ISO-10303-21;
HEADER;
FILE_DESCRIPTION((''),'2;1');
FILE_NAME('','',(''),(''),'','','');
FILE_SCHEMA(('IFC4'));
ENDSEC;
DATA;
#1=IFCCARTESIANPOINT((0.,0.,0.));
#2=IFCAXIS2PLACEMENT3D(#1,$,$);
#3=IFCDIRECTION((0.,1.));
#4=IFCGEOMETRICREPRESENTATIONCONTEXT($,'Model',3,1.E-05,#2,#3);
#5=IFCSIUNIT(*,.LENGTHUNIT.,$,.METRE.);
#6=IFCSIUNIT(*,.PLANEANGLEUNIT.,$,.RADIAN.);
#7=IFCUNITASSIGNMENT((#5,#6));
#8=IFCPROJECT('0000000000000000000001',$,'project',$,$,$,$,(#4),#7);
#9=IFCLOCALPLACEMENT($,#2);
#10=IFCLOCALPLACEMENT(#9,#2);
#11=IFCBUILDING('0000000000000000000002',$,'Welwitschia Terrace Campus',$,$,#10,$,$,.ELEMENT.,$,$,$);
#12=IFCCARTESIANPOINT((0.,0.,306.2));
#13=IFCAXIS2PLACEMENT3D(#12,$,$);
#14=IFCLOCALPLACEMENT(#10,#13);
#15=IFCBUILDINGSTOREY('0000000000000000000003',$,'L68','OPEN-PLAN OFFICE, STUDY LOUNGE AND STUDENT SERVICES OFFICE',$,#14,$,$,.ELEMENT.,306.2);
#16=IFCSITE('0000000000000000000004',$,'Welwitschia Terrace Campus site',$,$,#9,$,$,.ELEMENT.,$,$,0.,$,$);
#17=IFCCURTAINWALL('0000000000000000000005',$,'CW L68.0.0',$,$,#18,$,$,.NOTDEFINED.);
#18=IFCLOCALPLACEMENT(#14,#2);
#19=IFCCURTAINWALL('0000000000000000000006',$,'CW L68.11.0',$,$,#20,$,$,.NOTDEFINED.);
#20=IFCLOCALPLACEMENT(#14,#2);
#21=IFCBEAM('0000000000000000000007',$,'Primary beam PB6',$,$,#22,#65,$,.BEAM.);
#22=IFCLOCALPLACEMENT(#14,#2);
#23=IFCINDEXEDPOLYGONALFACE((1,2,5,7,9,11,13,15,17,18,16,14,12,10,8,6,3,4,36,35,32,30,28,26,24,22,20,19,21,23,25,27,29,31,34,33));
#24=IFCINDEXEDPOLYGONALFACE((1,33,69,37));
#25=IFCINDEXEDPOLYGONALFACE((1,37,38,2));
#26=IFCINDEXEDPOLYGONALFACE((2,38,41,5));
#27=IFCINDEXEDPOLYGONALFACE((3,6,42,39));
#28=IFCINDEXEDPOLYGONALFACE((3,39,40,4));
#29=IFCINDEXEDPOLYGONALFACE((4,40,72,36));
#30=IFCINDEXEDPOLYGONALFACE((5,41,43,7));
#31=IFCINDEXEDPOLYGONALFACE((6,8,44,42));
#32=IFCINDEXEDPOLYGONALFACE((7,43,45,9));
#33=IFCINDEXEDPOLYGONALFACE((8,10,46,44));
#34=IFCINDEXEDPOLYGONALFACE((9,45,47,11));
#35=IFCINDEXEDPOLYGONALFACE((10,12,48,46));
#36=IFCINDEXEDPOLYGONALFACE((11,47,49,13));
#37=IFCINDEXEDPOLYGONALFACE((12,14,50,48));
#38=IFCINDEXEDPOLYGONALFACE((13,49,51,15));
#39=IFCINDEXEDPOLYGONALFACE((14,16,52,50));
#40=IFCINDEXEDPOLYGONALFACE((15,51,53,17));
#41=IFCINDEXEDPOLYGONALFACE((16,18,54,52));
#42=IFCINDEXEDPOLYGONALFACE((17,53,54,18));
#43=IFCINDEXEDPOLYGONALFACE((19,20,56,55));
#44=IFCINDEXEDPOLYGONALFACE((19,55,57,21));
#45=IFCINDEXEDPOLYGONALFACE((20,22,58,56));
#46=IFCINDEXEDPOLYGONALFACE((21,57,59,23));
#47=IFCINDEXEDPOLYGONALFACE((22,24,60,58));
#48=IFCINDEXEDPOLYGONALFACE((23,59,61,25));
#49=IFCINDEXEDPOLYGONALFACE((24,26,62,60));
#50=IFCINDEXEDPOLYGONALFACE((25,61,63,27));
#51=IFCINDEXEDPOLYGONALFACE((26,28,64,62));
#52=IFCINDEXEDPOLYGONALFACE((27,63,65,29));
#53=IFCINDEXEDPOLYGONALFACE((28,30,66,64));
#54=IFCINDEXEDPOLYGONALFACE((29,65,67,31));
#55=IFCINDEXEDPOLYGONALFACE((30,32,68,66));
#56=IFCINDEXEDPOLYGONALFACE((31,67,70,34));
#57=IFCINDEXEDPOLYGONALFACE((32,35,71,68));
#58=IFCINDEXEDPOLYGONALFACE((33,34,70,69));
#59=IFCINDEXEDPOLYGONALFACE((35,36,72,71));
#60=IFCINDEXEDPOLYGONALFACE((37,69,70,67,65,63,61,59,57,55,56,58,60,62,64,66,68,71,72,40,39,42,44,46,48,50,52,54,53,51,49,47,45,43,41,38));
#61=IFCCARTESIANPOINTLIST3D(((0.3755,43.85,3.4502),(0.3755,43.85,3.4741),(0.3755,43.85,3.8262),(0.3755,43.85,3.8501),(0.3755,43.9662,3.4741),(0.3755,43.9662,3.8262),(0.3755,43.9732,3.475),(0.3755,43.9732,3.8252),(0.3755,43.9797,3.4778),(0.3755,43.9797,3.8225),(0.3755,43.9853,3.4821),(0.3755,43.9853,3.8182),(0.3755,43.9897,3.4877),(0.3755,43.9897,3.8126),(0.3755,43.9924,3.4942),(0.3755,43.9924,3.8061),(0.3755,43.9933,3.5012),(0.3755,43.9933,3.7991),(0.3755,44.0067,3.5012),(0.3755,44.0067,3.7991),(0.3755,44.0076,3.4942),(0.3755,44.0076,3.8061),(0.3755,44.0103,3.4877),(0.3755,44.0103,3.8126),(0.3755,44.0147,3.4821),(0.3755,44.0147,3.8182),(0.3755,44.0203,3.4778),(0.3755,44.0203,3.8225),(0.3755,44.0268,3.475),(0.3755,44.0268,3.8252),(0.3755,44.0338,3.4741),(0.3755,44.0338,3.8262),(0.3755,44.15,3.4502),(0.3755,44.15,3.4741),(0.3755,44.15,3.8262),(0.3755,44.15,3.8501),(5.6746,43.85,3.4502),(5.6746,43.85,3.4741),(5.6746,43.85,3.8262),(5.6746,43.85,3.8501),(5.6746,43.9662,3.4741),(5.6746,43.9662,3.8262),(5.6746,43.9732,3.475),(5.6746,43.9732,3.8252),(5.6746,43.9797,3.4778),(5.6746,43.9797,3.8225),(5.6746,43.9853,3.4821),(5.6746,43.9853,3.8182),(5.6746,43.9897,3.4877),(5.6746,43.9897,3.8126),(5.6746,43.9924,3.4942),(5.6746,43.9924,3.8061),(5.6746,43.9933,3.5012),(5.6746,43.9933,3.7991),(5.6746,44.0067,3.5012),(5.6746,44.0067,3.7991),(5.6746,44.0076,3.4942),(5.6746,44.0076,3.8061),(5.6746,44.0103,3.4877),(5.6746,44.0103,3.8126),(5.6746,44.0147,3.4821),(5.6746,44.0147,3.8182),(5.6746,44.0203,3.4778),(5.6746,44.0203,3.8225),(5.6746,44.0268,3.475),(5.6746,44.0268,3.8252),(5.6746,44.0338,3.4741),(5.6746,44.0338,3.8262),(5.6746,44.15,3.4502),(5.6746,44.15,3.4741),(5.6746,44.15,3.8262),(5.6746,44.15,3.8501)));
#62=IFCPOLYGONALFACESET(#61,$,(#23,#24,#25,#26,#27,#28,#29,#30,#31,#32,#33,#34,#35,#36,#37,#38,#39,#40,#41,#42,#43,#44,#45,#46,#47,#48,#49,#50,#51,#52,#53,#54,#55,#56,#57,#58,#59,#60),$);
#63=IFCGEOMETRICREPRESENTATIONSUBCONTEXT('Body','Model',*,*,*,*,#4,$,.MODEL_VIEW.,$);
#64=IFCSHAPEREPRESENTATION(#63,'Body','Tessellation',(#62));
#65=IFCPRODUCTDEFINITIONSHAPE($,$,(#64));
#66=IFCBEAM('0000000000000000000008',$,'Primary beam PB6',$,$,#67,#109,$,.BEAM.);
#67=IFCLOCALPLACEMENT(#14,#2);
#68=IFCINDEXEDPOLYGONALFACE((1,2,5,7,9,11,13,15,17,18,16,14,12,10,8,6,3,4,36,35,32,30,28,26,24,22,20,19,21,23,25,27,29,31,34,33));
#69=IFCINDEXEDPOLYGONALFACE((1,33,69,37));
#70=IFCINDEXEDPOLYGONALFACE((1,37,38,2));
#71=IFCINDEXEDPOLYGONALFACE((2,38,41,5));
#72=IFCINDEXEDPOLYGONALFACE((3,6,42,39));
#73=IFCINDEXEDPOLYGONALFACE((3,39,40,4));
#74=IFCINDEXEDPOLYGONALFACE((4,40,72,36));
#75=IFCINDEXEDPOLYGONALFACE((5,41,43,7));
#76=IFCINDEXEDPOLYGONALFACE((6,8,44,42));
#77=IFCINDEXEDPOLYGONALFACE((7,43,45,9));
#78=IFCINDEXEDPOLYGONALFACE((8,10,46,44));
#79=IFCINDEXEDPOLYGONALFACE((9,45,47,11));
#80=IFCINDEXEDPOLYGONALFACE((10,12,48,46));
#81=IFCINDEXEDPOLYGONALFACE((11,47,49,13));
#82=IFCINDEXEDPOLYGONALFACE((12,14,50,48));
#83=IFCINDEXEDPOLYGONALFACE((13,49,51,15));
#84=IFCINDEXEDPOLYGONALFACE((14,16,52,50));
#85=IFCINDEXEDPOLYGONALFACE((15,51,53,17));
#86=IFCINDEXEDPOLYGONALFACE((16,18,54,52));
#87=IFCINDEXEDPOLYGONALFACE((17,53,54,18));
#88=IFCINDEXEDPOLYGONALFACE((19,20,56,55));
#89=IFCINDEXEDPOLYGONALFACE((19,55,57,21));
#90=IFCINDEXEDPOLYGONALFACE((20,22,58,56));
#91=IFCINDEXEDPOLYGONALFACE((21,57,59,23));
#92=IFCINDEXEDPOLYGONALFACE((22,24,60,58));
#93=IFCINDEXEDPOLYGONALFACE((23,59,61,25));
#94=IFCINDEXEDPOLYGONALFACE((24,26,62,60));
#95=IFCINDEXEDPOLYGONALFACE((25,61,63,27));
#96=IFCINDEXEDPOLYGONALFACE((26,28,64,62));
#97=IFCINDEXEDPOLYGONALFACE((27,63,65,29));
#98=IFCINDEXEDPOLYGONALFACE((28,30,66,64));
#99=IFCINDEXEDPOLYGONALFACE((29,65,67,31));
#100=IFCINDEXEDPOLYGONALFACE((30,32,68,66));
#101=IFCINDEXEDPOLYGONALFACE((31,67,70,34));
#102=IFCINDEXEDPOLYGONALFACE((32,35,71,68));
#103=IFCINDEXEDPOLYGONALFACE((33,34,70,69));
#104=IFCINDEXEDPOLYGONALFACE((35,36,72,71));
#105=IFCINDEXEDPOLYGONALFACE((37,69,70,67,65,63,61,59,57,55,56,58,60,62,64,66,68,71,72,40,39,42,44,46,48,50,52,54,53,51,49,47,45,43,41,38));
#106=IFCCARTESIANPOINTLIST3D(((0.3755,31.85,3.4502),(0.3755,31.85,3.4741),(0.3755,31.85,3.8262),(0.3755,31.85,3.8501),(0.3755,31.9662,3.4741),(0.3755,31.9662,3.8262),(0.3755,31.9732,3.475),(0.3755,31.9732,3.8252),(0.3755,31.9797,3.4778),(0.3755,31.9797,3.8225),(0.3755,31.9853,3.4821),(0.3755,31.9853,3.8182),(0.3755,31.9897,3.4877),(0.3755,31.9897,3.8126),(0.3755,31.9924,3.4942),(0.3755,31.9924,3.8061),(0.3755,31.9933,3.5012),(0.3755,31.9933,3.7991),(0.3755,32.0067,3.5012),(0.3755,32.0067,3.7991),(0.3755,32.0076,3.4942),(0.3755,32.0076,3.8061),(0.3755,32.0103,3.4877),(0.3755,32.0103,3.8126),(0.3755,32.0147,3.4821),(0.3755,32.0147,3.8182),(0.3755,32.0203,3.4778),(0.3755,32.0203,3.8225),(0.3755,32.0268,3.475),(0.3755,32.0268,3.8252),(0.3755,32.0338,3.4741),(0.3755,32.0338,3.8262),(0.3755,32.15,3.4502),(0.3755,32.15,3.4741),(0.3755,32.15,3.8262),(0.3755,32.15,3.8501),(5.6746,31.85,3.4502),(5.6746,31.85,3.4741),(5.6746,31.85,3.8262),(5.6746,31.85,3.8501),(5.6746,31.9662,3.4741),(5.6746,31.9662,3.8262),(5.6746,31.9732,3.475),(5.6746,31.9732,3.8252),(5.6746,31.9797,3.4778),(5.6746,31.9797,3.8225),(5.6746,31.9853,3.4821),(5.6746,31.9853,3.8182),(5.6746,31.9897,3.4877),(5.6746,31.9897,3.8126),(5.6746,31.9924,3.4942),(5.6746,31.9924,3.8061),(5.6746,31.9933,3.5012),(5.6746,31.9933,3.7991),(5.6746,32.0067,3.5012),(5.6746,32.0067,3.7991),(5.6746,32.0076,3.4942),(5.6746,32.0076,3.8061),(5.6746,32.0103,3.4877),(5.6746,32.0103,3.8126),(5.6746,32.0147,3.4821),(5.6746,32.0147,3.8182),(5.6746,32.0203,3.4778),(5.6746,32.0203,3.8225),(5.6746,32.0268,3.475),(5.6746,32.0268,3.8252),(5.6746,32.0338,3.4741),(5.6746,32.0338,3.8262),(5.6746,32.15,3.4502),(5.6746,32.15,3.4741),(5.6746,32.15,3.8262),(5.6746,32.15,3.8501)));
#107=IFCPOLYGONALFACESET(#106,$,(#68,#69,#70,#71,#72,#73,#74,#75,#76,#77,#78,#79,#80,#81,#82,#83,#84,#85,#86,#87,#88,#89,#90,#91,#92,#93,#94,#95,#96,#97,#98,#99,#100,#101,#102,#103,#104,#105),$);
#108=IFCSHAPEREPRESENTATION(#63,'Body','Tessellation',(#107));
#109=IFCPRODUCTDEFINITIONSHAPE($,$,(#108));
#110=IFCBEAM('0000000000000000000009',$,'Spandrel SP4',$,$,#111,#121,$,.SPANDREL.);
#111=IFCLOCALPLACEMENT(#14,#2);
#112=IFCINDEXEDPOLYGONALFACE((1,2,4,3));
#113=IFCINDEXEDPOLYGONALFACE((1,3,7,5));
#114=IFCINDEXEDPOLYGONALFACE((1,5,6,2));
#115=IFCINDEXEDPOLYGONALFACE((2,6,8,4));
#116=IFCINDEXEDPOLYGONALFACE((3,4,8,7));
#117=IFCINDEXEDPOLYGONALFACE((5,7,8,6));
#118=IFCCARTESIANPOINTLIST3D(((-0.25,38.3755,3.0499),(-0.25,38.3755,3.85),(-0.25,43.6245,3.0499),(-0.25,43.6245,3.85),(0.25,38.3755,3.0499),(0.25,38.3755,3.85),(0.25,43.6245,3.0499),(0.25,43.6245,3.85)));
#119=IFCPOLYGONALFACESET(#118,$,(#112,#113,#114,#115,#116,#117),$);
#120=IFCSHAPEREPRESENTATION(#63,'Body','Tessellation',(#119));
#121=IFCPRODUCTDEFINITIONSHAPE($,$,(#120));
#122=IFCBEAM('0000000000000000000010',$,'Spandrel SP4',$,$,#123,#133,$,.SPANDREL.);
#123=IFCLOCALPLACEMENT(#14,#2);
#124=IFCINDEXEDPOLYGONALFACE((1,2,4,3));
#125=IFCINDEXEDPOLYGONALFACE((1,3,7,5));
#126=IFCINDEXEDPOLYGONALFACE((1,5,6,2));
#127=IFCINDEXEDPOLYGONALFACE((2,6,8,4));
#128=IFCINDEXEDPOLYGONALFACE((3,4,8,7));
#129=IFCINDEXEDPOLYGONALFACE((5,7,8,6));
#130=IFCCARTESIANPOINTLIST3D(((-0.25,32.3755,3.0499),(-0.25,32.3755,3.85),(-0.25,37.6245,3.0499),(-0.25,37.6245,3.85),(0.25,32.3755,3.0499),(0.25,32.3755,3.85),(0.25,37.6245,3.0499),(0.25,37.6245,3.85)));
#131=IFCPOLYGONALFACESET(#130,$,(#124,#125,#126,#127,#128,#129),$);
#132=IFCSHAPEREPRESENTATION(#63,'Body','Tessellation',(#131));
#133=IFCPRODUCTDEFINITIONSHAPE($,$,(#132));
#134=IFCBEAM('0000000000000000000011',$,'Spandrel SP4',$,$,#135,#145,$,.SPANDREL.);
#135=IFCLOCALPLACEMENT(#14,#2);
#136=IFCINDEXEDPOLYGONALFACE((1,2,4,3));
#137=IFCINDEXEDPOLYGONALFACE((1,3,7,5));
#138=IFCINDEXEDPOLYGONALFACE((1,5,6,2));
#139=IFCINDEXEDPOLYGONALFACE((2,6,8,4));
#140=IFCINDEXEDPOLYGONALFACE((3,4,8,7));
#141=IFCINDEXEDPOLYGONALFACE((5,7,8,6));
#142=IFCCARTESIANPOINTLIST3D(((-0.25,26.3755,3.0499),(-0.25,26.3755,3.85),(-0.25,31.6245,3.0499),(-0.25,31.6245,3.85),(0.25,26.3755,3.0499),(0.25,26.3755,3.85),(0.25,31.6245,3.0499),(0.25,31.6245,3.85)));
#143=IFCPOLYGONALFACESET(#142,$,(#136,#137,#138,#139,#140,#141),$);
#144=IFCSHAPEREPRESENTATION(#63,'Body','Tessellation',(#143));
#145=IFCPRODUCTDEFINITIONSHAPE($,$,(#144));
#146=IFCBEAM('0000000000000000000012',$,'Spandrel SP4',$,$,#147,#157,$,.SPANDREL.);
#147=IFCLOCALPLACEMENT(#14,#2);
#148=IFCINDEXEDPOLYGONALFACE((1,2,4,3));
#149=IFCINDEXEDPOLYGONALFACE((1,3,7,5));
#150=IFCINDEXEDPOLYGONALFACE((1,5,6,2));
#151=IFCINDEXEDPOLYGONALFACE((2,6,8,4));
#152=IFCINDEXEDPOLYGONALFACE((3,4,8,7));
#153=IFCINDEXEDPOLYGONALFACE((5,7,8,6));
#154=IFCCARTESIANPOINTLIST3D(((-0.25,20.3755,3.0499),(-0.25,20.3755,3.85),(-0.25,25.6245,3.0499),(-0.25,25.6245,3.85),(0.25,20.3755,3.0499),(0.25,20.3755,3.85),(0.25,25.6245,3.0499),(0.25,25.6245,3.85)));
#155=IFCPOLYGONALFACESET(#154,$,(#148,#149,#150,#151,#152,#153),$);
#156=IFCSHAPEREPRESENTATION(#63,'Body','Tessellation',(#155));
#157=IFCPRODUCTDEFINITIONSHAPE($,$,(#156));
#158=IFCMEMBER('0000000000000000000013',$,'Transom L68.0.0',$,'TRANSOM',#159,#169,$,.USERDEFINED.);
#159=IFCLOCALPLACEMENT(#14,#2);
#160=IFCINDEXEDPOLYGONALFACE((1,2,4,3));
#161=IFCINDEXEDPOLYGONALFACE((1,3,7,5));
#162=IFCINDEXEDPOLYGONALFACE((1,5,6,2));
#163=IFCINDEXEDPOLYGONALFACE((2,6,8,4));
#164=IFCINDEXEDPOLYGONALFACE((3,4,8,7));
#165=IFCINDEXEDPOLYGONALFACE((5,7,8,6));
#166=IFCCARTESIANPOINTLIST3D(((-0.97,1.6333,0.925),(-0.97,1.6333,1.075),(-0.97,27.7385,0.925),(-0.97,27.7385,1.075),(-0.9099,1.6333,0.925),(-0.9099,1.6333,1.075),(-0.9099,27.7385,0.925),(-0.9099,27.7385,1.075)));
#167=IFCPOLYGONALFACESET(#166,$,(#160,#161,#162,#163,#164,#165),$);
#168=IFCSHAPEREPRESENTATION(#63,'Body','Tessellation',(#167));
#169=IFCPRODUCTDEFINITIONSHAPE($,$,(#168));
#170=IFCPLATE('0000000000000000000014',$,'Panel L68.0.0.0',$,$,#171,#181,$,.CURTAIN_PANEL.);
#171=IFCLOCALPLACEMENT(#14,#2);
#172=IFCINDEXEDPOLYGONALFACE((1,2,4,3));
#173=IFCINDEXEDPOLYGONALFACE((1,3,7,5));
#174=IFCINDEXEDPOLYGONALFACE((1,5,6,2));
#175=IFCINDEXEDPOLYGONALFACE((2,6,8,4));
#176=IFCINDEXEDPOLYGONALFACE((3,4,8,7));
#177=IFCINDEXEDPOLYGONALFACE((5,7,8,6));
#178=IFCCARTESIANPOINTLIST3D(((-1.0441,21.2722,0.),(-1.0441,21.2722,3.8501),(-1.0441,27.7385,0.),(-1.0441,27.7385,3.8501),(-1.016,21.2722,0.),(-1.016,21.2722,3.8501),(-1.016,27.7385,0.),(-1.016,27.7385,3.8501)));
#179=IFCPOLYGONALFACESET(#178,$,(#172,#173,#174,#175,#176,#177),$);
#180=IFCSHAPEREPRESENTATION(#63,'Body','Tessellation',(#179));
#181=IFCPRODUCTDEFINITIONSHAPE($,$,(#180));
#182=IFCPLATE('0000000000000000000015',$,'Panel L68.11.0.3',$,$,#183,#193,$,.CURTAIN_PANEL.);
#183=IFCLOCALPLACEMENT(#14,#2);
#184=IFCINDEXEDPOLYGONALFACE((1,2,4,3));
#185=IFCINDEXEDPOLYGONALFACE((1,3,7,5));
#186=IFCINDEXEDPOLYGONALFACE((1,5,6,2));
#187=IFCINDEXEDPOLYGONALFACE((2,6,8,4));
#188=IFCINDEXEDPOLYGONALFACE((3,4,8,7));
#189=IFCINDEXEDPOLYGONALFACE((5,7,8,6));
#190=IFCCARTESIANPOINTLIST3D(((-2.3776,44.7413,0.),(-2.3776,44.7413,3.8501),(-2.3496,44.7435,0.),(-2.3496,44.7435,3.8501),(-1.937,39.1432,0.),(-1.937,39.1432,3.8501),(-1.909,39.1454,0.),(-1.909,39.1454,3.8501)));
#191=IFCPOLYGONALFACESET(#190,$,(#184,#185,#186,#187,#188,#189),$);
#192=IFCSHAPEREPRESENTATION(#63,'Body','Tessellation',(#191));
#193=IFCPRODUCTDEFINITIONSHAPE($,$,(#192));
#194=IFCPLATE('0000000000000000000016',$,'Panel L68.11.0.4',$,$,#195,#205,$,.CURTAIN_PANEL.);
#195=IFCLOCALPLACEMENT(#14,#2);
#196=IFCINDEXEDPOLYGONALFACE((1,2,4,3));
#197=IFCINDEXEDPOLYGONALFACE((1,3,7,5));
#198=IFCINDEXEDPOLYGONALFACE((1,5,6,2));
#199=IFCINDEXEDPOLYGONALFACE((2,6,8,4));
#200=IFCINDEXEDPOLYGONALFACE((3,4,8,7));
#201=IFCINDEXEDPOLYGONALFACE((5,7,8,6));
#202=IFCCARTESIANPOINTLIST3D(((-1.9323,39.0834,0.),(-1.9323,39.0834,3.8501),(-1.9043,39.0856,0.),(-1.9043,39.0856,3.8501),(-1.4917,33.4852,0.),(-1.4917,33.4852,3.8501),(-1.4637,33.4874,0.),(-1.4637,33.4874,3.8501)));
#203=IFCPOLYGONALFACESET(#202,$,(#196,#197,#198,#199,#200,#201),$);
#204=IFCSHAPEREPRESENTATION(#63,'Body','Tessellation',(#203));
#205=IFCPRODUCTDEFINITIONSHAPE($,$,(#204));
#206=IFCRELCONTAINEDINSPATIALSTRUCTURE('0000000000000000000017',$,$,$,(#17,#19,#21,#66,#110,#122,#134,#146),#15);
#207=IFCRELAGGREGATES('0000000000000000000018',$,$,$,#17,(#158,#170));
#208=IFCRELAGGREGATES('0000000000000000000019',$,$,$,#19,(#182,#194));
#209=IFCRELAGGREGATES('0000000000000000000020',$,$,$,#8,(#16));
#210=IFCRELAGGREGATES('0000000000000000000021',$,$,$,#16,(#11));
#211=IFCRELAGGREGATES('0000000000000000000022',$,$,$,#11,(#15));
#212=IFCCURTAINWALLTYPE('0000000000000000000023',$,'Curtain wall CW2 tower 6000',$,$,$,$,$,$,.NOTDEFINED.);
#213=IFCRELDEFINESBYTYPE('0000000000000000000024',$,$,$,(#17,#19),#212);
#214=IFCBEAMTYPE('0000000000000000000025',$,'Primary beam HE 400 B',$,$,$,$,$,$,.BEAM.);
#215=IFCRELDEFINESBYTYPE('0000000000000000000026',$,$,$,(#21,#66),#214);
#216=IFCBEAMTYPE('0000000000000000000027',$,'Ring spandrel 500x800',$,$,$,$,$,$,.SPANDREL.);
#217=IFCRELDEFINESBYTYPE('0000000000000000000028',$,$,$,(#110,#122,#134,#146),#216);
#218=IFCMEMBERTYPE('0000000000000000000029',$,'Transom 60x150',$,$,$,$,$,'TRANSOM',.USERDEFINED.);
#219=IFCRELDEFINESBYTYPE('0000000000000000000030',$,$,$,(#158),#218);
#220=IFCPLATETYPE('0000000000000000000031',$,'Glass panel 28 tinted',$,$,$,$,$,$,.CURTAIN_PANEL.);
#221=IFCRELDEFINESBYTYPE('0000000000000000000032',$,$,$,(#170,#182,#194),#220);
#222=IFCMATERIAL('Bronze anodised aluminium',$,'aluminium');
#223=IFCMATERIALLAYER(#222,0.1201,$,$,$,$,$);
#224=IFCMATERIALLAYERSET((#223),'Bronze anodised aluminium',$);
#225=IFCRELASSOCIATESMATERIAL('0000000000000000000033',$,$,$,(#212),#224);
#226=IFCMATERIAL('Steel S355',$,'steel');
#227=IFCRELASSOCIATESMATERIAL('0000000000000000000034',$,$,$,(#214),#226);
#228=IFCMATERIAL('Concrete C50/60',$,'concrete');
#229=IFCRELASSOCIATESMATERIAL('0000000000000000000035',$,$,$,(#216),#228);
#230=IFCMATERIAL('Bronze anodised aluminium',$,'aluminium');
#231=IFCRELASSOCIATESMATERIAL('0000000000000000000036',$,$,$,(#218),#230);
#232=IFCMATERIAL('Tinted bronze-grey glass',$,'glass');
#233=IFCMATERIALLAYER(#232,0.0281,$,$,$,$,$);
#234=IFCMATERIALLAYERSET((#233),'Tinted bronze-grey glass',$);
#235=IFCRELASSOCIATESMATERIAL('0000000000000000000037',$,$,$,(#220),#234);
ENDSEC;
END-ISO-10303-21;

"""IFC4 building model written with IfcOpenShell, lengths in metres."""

from ifc_helpers import new_model, si_unit, direction, frame, origin, origin_2d, place, context, subcontext, project, spatial, rectangle, i_section, extrude, material, layer, layer_set, material_profile, profile_set, type_object, element, aggregate, save


model = new_model("IFC4")

# Units and contexts
model_context = context("Model", 3, precision=1e-05, world=origin(), true_north=direction((0.0, 1.0)))
body_context = subcontext(model_context, "Body", "Model", "MODEL_VIEW")
ifc_project = project(units=[si_unit("LENGTHUNIT", "METRE"), si_unit("PLANEANGLEUNIT", "RADIAN")], contexts=[model_context])

# Site, building, storey
site_placement = place(None, origin())
site = spatial("IfcSite", under=ifc_project, at=site_placement, Name="Welwitschia Terrace Campus site", CompositionType="ELEMENT", RefElevation=0.0)
building_placement = place(site_placement, origin())
building = spatial("IfcBuilding", under=site, at=building_placement, Name="Welwitschia Terrace Campus", CompositionType="ELEMENT")
storey_placement = place(building_placement, frame((0.0, 0.0, 306.2)))
storey = spatial("IfcBuildingStorey", under=building, at=storey_placement, Name="L68", Description="OPEN-PLAN OFFICE, STUDY LOUNGE AND STUDENT SERVICES OFFICE", CompositionType="ELEMENT", Elevation=306.2)

# Curtain wall
ifc_material_1 = material(Name="Bronze anodised aluminium", Category="aluminium")
ifc_layer_1 = layer(ifc_material_1, 0.1201)
ifc_layer_set_1 = layer_set([ifc_layer_1], Name="Bronze anodised aluminium")
curtain_wall_type = type_object("IfcCurtainWallType", Name="Curtain wall CW2 tower 6000", PredefinedType="NOTDEFINED", material=ifc_layer_set_1)
curtain_wall_1_placement = place(storey_placement, origin())
curtain_wall_1 = element("IfcCurtainWall", 1, at=curtain_wall_1_placement, inside=storey, type_object=curtain_wall_type, Name="CW L68.0.0", PredefinedType="NOTDEFINED")

# Curtain wall
curtain_wall_2_placement = place(storey_placement, origin())
curtain_wall_2 = element("IfcCurtainWall", 2, at=curtain_wall_2_placement, inside=storey, type_object=curtain_wall_type, Name="CW L68.11.0", PredefinedType="NOTDEFINED")

# Beams
ifc_material_2 = material(Name="Steel S355", Category="steel")
ifc_material_profile_1 = material_profile(ifc_material_2, i_section(OverallWidth=0.3, OverallDepth=0.3999, WebThickness=0.0134, FlangeThickness=0.0239, FilletRadius=0.0271, at=origin_2d()))
ifc_profile_set_1 = profile_set([ifc_material_profile_1], Name="Steel S355")
beam_type_1 = type_object("IfcBeamType", Name="Primary beam HE 400 B", PredefinedType="BEAM", material=ifc_profile_set_1)
for number, where, z_axis, x_axis, name in (
    (3, (0.3755, 44.0, 3.6501), (1.0, 0.0, 0.0), (0.0, 1.0, 0.0), "Primary beam PB6"),
    (4, (0.3755, 32.0, 3.6501), (1.0, 0.0, 0.0), (0.0, 1.0, 0.0), "Primary beam PB6"),
):
    element("IfcBeam", number, at=place(storey_placement, frame(where, z_axis=z_axis, x_axis=x_axis)), inside=storey, type_object=beam_type_1, Name=name, PredefinedType="BEAM", context=body_context, shape_type="SweptSolid", body=[
        extrude(i_section(OverallWidth=0.3, OverallDepth=0.3999, WebThickness=0.0134, FlangeThickness=0.0239, FilletRadius=0.0271, at=origin_2d()), origin(), (0.0, 0.0, 1.0), 5.2991),
    ])
ifc_material_3 = material(Name="Concrete C50/60", Category="concrete")
ifc_material_profile_2 = material_profile(ifc_material_3, rectangle(XDim=0.5, YDim=0.8, at=origin_2d()))
ifc_profile_set_2 = profile_set([ifc_material_profile_2], Name="Concrete C50/60")
beam_type_2 = type_object("IfcBeamType", Name="Ring spandrel 500x800", PredefinedType="SPANDREL", material=ifc_profile_set_2)
for number, where, z_axis, x_axis, name in (
    (5, (0.0, 43.6245, 3.45), (0.0, -1.0, 0.0), (1.0, 0.0, 0.0), "Spandrel SP4"),
    (6, (0.0, 37.6245, 3.45), (0.0, -1.0, 0.0), (1.0, 0.0, 0.0), "Spandrel SP4"),
    (7, (0.0, 31.6245, 3.45), (0.0, -1.0, 0.0), (1.0, 0.0, 0.0), "Spandrel SP4"),
    (8, (0.0, 25.6245, 3.45), (0.0, -1.0, 0.0), (1.0, 0.0, 0.0), "Spandrel SP4"),
):
    element("IfcBeam", number, at=place(storey_placement, frame(where, z_axis=z_axis, x_axis=x_axis)), inside=storey, type_object=beam_type_2, Name=name, PredefinedType="SPANDREL", context=body_context, shape_type="SweptSolid", body=[
        extrude(rectangle(XDim=0.5, YDim=0.8, at=origin_2d()), origin(), (0.0, 0.0, 1.0), 5.249),
    ])

# Member
ifc_material_4 = material(Name="Bronze anodised aluminium", Category="aluminium")
ifc_material_profile_3 = material_profile(ifc_material_4, rectangle(XDim=0.0601, YDim=0.1499, at=origin_2d()))
ifc_profile_set_3 = profile_set([ifc_material_profile_3], Name="Bronze anodised aluminium")
member_type_1 = type_object("IfcMemberType", Name="Transom 60x150", ElementType="TRANSOM", PredefinedType="USERDEFINED", material=ifc_profile_set_3)
member_1_placement = place(storey_placement, frame((-0.9399, 27.7385, 1.0), z_axis=(0.0, -1.0, 0.0), x_axis=(1.0, 0.0, 0.0)))
member_1 = element("IfcMember", 9, at=member_1_placement, type_object=member_type_1, Name="Transom L68.0.0", ObjectType="TRANSOM", PredefinedType="USERDEFINED", context=body_context, shape_type="SweptSolid", body=[
    extrude(rectangle(XDim=0.0601, YDim=0.1499, at=origin_2d()), origin(), (0.0, 0.0, 1.0), 26.1052),
])

# Plates
ifc_material_5 = material(Name="Tinted bronze-grey glass", Category="glass")
ifc_layer_2 = layer(ifc_material_5, 0.0281)
ifc_layer_set_2 = layer_set([ifc_layer_2], Name="Tinted bronze-grey glass")
plate_type = type_object("IfcPlateType", Name="Glass panel 28 tinted", PredefinedType="CURTAIN_PANEL", material=ifc_layer_set_2)
plate_1_placement = place(storey_placement, frame((-1.03, 24.5054, 0.0), z_axis=(0.0, 0.0, 1.0), x_axis=(0.0, -1.0, 0.0)))
plate_1 = element("IfcPlate", 10, at=plate_1_placement, type_object=plate_type, Name="Panel L68.0.0.0", PredefinedType="CURTAIN_PANEL", context=body_context, shape_type="SweptSolid", body=[
    extrude(rectangle(XDim=6.4663, YDim=0.0281, at=origin_2d()), origin(), (0.0, 0.0, 1.0), 3.8501),
])
aggregate(curtain_wall_1, [member_1, plate_1])
plate_2_placement = place(storey_placement, frame((-2.1433, 41.9434, 0.0), z_axis=(0.0, 0.0, 1.0), x_axis=(0.078459, -0.996917, 0.0)))
plate_2 = element("IfcPlate", 11, at=plate_2_placement, type_object=plate_type, Name="Panel L68.11.0.3", PredefinedType="CURTAIN_PANEL", context=body_context, shape_type="SweptSolid", body=[
    extrude(rectangle(XDim=5.6155, YDim=0.0281, at=origin_2d()), origin(), (0.0, 0.0, 1.0), 3.8501),
])
plate_3_placement = place(storey_placement, frame((-1.698, 36.2854, 0.0), z_axis=(0.0, 0.0, 1.0), x_axis=(0.078459, -0.996917, 0.0)))
plate_3 = element("IfcPlate", 12, at=plate_3_placement, type_object=plate_type, Name="Panel L68.11.0.4", PredefinedType="CURTAIN_PANEL", context=body_context, shape_type="SweptSolid", body=[
    extrude(rectangle(XDim=5.6155, YDim=0.0281, at=origin_2d()), origin(), (0.0, 0.0, 1.0), 3.8501),
])
aggregate(curtain_wall_2, [plate_2, plate_3])

save(model, "model.ifc")
